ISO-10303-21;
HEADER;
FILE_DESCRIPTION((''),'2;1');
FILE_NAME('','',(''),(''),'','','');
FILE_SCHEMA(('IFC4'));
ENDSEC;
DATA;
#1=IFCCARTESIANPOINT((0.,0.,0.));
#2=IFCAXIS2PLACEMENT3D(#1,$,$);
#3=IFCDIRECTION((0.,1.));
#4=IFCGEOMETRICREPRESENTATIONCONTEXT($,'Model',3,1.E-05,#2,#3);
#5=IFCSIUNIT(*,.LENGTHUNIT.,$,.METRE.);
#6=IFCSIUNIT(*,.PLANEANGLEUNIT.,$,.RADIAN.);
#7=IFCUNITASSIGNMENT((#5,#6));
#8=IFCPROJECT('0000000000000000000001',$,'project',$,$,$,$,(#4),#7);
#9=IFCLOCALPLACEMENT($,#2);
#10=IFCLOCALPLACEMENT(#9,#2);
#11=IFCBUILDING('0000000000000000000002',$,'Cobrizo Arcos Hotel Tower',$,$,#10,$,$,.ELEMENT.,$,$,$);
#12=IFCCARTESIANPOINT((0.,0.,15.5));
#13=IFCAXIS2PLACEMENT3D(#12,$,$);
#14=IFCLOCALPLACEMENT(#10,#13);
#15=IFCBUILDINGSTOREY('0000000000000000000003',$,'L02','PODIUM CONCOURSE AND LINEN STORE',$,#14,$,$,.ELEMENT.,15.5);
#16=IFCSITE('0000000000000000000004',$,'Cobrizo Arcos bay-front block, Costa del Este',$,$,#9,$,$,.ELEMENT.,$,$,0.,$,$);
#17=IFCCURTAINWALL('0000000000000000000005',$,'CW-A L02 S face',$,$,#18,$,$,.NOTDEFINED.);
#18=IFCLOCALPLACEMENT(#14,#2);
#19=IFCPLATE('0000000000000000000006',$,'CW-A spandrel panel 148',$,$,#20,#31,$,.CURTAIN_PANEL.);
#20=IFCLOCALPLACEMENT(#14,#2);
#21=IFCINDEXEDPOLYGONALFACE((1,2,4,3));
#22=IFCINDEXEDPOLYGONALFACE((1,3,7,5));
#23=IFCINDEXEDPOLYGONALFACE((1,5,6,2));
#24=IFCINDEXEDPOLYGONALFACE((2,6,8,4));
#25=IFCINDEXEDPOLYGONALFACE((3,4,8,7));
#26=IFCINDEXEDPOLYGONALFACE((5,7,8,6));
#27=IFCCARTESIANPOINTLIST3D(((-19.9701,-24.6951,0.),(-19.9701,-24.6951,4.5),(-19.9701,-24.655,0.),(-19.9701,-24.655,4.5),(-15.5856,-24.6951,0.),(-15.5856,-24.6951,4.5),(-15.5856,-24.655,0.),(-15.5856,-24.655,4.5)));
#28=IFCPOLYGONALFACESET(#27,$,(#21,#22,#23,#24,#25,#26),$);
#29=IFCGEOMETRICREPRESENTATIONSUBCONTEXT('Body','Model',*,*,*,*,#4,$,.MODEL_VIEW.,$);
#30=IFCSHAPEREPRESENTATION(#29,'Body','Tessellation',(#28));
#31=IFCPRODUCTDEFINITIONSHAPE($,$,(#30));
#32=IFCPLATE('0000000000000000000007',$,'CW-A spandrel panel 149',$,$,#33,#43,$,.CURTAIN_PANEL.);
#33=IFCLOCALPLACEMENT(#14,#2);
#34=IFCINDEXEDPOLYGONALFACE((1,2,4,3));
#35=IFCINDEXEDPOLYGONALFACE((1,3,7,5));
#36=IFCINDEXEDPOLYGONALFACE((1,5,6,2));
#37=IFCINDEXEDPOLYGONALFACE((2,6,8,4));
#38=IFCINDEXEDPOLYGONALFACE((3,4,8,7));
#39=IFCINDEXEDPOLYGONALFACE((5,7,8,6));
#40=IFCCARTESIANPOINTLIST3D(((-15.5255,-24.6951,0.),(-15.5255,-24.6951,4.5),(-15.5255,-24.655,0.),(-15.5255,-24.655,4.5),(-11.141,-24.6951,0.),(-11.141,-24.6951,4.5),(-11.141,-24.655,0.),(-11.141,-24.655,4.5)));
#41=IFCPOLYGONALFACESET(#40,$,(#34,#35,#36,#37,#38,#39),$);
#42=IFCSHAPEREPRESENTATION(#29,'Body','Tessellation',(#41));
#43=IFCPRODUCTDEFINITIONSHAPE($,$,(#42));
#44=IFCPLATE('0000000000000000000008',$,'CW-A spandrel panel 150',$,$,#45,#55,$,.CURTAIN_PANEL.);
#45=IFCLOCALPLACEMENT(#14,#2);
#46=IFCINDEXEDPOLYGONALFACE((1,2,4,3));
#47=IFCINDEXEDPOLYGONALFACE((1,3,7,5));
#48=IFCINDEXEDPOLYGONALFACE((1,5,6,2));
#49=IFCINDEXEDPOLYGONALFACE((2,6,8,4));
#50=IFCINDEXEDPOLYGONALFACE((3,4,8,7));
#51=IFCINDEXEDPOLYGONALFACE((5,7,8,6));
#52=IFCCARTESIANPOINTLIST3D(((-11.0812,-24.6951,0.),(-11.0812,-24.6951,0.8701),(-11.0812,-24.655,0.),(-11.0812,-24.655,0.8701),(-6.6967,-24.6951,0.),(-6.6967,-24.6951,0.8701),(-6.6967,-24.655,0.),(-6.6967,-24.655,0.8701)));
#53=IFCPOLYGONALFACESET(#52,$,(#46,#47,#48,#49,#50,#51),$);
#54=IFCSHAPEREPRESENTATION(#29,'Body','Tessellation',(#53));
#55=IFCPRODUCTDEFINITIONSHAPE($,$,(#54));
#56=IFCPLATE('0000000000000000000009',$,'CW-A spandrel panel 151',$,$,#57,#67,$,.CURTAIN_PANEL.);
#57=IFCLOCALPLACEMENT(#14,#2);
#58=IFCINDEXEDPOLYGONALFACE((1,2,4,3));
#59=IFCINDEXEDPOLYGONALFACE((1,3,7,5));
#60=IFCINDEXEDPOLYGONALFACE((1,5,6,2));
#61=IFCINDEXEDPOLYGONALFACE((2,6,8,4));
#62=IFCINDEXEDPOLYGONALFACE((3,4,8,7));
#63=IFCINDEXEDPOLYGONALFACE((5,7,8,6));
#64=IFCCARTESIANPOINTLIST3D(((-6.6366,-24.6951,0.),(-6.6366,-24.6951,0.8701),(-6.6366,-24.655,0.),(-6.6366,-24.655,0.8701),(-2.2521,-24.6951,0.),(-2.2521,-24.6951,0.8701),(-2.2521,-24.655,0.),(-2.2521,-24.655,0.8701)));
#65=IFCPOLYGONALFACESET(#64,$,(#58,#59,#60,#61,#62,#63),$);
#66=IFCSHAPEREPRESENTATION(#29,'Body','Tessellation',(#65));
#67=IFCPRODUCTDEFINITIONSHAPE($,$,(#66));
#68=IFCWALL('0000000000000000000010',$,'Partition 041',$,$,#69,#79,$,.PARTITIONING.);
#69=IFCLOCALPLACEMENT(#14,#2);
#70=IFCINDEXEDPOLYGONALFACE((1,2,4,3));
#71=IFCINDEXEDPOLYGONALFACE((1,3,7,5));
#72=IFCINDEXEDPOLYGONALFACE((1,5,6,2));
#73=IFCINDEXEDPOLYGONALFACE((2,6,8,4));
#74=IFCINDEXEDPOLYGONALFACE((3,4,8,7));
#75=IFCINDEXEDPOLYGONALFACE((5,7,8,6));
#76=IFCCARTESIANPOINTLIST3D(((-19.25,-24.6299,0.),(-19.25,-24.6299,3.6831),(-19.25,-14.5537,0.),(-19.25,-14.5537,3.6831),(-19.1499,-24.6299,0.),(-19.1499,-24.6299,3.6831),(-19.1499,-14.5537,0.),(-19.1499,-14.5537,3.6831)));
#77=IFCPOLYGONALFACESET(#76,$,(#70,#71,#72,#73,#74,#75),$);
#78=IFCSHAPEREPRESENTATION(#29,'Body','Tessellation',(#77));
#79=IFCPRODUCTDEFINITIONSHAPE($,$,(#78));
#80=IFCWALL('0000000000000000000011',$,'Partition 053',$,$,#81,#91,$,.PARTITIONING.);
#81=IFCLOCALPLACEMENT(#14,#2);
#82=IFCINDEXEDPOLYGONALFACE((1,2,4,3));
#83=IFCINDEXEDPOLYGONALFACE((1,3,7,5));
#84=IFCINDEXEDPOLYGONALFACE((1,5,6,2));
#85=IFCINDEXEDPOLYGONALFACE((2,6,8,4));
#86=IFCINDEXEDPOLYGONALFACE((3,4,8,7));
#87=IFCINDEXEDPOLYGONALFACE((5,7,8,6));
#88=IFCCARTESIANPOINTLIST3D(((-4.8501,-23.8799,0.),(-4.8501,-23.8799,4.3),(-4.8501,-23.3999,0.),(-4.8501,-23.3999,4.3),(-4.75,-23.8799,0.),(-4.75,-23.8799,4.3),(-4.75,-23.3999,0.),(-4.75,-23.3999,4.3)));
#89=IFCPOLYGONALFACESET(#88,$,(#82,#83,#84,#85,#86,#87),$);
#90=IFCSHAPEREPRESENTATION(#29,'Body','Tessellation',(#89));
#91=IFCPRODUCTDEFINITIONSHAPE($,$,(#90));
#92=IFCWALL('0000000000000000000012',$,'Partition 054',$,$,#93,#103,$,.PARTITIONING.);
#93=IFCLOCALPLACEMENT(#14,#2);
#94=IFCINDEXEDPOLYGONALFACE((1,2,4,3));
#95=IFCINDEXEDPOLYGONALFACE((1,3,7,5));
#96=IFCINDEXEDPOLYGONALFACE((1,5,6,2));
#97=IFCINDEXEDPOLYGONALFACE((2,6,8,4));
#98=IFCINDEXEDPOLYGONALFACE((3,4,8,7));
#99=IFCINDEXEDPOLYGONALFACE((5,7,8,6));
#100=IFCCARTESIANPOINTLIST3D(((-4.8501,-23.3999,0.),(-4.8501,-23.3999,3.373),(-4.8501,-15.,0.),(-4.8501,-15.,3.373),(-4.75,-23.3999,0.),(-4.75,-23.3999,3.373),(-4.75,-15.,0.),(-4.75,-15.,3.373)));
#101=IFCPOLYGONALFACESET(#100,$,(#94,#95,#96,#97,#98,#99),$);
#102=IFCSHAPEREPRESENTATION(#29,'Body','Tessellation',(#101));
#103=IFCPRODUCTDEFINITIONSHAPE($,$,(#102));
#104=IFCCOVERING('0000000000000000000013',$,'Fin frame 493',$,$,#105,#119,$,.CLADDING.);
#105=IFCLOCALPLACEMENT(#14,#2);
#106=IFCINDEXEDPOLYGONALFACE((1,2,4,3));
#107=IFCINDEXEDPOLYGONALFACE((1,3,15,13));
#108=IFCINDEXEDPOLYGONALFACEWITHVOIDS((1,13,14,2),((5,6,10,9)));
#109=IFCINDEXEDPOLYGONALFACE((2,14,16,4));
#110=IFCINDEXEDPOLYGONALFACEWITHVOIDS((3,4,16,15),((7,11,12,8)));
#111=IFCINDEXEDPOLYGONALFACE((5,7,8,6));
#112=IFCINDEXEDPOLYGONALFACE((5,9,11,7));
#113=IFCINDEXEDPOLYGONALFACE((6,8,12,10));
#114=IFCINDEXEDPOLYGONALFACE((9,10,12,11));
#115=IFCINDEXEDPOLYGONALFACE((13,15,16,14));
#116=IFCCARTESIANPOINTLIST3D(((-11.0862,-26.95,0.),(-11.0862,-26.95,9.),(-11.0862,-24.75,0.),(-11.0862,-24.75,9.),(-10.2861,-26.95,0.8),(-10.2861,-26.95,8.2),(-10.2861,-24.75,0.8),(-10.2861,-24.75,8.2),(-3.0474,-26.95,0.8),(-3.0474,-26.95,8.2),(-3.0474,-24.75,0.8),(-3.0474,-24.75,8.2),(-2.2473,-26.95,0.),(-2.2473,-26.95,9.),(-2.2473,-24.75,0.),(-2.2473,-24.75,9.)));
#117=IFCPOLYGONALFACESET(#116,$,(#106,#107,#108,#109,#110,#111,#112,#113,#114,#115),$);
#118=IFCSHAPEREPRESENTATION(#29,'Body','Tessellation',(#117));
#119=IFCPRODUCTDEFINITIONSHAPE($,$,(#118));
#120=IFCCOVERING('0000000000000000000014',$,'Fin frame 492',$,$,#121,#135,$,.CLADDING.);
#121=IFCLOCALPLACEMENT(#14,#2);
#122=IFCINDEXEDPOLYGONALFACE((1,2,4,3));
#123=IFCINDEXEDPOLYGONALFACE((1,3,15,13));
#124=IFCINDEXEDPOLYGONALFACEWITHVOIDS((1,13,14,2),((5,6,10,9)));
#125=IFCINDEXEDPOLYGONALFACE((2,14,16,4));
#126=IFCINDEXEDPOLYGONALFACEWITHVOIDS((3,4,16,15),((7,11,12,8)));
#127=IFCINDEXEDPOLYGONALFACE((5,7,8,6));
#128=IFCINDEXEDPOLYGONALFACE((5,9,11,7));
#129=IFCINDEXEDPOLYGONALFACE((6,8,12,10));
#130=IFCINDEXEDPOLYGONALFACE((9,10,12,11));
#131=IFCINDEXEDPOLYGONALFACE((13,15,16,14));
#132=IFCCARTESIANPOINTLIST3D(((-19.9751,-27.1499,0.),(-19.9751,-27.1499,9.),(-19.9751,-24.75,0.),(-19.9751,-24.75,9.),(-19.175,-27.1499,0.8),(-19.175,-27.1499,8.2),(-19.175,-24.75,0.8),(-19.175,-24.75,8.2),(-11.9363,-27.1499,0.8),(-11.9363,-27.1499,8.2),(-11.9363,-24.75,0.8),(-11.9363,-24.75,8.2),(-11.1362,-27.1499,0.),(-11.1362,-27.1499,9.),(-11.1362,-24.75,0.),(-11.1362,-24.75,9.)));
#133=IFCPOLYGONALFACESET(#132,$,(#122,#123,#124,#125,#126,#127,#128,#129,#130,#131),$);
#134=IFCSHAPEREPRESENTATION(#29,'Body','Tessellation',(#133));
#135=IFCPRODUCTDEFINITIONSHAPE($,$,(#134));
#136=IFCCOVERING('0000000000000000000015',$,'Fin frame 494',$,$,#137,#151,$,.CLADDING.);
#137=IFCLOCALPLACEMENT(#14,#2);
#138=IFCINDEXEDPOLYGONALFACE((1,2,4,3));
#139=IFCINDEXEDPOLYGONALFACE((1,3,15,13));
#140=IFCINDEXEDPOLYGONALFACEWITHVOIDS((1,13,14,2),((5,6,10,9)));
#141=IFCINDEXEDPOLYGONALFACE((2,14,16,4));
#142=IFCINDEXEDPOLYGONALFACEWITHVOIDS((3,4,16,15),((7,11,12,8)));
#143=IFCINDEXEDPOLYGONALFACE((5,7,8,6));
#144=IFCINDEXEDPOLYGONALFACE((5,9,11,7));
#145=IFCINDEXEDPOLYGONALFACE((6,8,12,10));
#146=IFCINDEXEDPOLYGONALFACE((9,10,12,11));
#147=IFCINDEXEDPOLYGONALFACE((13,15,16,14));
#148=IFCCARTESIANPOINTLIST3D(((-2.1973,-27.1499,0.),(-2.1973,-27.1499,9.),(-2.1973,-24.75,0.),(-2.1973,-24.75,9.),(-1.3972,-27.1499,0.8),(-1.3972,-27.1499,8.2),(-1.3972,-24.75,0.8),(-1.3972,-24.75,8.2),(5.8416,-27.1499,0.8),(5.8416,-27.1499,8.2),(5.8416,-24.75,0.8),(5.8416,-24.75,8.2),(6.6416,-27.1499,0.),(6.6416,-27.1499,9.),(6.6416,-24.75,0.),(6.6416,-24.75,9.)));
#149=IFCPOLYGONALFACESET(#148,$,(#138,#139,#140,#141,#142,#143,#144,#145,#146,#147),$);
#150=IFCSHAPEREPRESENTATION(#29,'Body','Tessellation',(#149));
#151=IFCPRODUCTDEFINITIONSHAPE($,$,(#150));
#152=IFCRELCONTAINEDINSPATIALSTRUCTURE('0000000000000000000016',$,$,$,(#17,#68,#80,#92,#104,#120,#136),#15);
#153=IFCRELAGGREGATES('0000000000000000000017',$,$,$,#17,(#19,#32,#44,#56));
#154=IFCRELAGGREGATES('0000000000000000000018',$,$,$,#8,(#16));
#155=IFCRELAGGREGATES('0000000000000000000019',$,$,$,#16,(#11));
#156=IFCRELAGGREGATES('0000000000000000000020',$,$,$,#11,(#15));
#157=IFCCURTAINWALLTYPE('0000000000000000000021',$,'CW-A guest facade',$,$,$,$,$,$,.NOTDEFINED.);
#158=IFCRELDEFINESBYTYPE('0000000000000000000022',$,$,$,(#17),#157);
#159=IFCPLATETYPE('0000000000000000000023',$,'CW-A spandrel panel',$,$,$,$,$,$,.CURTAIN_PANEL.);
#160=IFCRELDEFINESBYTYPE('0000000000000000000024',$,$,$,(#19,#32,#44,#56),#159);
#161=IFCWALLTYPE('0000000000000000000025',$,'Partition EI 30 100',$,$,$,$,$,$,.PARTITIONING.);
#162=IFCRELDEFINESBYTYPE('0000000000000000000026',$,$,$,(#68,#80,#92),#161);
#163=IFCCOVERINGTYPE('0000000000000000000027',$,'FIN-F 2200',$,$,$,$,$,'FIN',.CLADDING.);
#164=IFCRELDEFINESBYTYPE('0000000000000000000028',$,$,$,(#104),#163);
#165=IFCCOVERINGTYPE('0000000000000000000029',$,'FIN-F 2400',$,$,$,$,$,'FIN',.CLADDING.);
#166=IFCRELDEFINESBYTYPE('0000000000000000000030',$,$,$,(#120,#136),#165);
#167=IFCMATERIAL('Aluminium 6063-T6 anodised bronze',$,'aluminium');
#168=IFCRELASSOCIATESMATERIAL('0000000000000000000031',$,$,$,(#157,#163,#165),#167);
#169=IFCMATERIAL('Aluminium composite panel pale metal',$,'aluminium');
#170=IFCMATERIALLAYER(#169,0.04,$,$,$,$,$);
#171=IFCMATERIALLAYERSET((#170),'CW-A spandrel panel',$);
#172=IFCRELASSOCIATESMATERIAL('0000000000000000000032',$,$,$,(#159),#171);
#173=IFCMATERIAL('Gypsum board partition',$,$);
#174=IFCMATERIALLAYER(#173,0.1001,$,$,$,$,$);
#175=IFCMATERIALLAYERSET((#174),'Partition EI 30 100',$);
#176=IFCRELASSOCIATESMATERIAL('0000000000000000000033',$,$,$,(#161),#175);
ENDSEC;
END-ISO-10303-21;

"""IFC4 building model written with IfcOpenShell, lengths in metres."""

from ifc_helpers import new_model, si_unit, direction, frame, frame_2d, origin, origin_2d, place, context, subcontext, project, spatial, polyline, rectangle, outline, extrude, material, layer, layer_set, type_object, element, aggregate, save


model = new_model("IFC4")

# Units and contexts
model_context = context("Model", 3, precision=1e-05, world=origin(), true_north=direction((0.0, 1.0)))
body_context = subcontext(model_context, "Body", "Model", "MODEL_VIEW")
ifc_project = project(units=[si_unit("LENGTHUNIT", "METRE"), si_unit("PLANEANGLEUNIT", "RADIAN")], contexts=[model_context])

# Site, building, storey
site_placement = place(None, origin())
site = spatial("IfcSite", under=ifc_project, at=site_placement, Name="Cobrizo Arcos bay-front block, Costa del Este", CompositionType="ELEMENT", RefElevation=0.0)
building_placement = place(site_placement, origin())
building = spatial("IfcBuilding", under=site, at=building_placement, Name="Cobrizo Arcos Hotel Tower", CompositionType="ELEMENT")
storey_placement = place(building_placement, frame((0.0, 0.0, 15.5)))
storey = spatial("IfcBuildingStorey", under=building, at=storey_placement, Name="L02", Description="PODIUM CONCOURSE AND LINEN STORE", CompositionType="ELEMENT", Elevation=15.5)

# Curtain wall
ifc_material_1 = material(Name="Aluminium 6063-T6 anodised bronze", Category="aluminium")
curtain_wall_type = type_object("IfcCurtainWallType", Name="CW-A guest facade", PredefinedType="NOTDEFINED", material=ifc_material_1)
curtain_wall_placement = place(storey_placement, origin())
curtain_wall = element("IfcCurtainWall", 1, at=curtain_wall_placement, inside=storey, type_object=curtain_wall_type, Name="CW-A L02 S face", PredefinedType="NOTDEFINED")

# Plates
ifc_material_2 = material(Name="Aluminium composite panel pale metal", Category="aluminium")
ifc_layer_1 = layer(ifc_material_2, 0.04)
ifc_layer_set_1 = layer_set([ifc_layer_1], Name="CW-A spandrel panel")
plate_type_1 = type_object("IfcPlateType", Name="CW-A spandrel panel", PredefinedType="CURTAIN_PANEL", material=ifc_layer_set_1)
plate_1_placement = place(storey_placement, frame((-17.7778, -24.675, 0.0), z_axis=(0.0, 0.0, 1.0), x_axis=(1.0, 0.0, 0.0)))
plate_1 = element("IfcPlate", 2, at=plate_1_placement, type_object=plate_type_1, Name="CW-A spandrel panel 148", PredefinedType="CURTAIN_PANEL", context=body_context, shape_type="SweptSolid", body=[
    extrude(rectangle(XDim=4.3845, YDim=0.04, at=origin_2d()), origin(), (0.0, 0.0, 1.0), 4.5),
])
plate_2_placement = place(storey_placement, frame((-13.3333, -24.675, 0.0), z_axis=(0.0, 0.0, 1.0), x_axis=(1.0, 0.0, 0.0)))
plate_2 = element("IfcPlate", 3, at=plate_2_placement, type_object=plate_type_1, Name="CW-A spandrel panel 149", PredefinedType="CURTAIN_PANEL", context=body_context, shape_type="SweptSolid", body=[
    extrude(rectangle(XDim=4.3845, YDim=0.04, at=origin_2d()), origin(), (0.0, 0.0, 1.0), 4.5),
])
plate_3_placement = place(storey_placement, frame((-8.8889, -24.675, 0.0), z_axis=(0.0, 0.0, 1.0), x_axis=(1.0, 0.0, 0.0)))
plate_3 = element("IfcPlate", 4, at=plate_3_placement, type_object=plate_type_1, Name="CW-A spandrel panel 150", PredefinedType="CURTAIN_PANEL", context=body_context, shape_type="SweptSolid", body=[
    extrude(rectangle(XDim=4.3845, YDim=0.04, at=origin_2d()), origin(), (0.0, 0.0, 1.0), 0.8701),
])
plate_4_placement = place(storey_placement, frame((-4.4443, -24.675, 0.0), z_axis=(0.0, 0.0, 1.0), x_axis=(1.0, 0.0, 0.0)))
plate_4 = element("IfcPlate", 5, at=plate_4_placement, type_object=plate_type_1, Name="CW-A spandrel panel 151", PredefinedType="CURTAIN_PANEL", context=body_context, shape_type="SweptSolid", body=[
    extrude(rectangle(XDim=4.3845, YDim=0.04, at=origin_2d()), origin(), (0.0, 0.0, 1.0), 0.8701),
])
aggregate(curtain_wall, [plate_1, plate_2, plate_3, plate_4])

# Walls
ifc_material_3 = material(Name="Gypsum board partition")
ifc_layer_2 = layer(ifc_material_3, 0.1001)
ifc_layer_set_2 = layer_set([ifc_layer_2], Name="Partition EI 30 100")
wall_type = type_object("IfcWallType", Name="Partition EI 30 100", PredefinedType="PARTITIONING", material=ifc_layer_set_2)
wall_1_placement = place(storey_placement, frame((-19.2, -24.6299, 0.0), z_axis=(0.0, 0.0, 1.0), x_axis=(0.0, 1.0, 0.0)))
element("IfcWall", 6, at=wall_1_placement, inside=storey, type_object=wall_type, Name="Partition 041", PredefinedType="PARTITIONING", context=body_context, shape_type="SweptSolid", body=[
    extrude(rectangle(XDim=10.0762, YDim=0.1001, at=frame_2d((5.0381, 0.0))), origin(), (0.0, 0.0, 1.0), 3.6831),
])
wall_2_placement = place(storey_placement, frame((-4.8, -23.8799, 0.0), z_axis=(0.0, 0.0, 1.0), x_axis=(0.0, 1.0, 0.0)))
element("IfcWall", 7, at=wall_2_placement, inside=storey, type_object=wall_type, Name="Partition 053", PredefinedType="PARTITIONING", context=body_context, shape_type="SweptSolid", body=[
    extrude(rectangle(XDim=0.48, YDim=0.1001, at=frame_2d((0.24, 0.0))), origin(), (0.0, 0.0, 1.0), 4.3),
])
wall_3_placement = place(storey_placement, frame((-4.8, -23.3999, 0.0), z_axis=(0.0, 0.0, 1.0), x_axis=(0.0, 1.0, 0.0)))
element("IfcWall", 8, at=wall_3_placement, inside=storey, type_object=wall_type, Name="Partition 054", PredefinedType="PARTITIONING", context=body_context, shape_type="SweptSolid", body=[
    extrude(rectangle(XDim=8.3999, YDim=0.1001, at=frame_2d((4.2, 0.0))), origin(), (0.0, 0.0, 1.0), 3.373),
])

# Coverings
covering_type_1 = type_object("IfcCoveringType", Name="FIN-F 2200", ElementType="FIN", PredefinedType="CLADDING", material=ifc_material_1)
covering_placement = place(storey_placement, frame((-11.0862, -24.75, 0.0), z_axis=(0.0, -1.0, 0.0), x_axis=(1.0, 0.0, 0.0)))
element("IfcCovering", 9, at=covering_placement, inside=storey, type_object=covering_type_1, Name="Fin frame 493", PredefinedType="CLADDING", context=body_context, shape_type="SweptSolid", body=[
    extrude(outline(polyline([(0.0, 9.0), (0.0, 0.0), (8.8389, 0.0), (8.8389, 9.0), (0.0, 9.0)]), holes=[polyline([(8.0388, 0.8), (0.8, 0.8), (0.8, 8.2), (8.0388, 8.2), (8.0388, 0.8)])]), origin(), (0.0, 0.0, 1.0), 2.2),
])
covering_type_2 = type_object("IfcCoveringType", Name="FIN-F 2400", ElementType="FIN", PredefinedType="CLADDING", material=ifc_material_1)
for number, where, z_axis, x_axis, name in (
    (10, (-19.9751, -24.75, 0.0), (0.0, -1.0, 0.0), (1.0, 0.0, 0.0), "Fin frame 492"),
    (11, (-2.1973, -24.75, 0.0), (0.0, -1.0, 0.0), (1.0, 0.0, 0.0), "Fin frame 494"),
):
    element("IfcCovering", number, at=place(storey_placement, frame(where, z_axis=z_axis, x_axis=x_axis)), inside=storey, type_object=covering_type_2, Name=name, PredefinedType="CLADDING", context=body_context, shape_type="SweptSolid", body=[
        extrude(outline(polyline([(0.0, 9.0), (0.0, 0.0), (8.8389, 0.0), (8.8389, 9.0), (0.0, 9.0)]), holes=[polyline([(8.0388, 0.8), (0.8, 0.8), (0.8, 8.2), (8.0388, 8.2), (8.0388, 0.8)])]), origin(), (0.0, 0.0, 1.0), 2.3999),
    ])

save(model, "model.ifc")
